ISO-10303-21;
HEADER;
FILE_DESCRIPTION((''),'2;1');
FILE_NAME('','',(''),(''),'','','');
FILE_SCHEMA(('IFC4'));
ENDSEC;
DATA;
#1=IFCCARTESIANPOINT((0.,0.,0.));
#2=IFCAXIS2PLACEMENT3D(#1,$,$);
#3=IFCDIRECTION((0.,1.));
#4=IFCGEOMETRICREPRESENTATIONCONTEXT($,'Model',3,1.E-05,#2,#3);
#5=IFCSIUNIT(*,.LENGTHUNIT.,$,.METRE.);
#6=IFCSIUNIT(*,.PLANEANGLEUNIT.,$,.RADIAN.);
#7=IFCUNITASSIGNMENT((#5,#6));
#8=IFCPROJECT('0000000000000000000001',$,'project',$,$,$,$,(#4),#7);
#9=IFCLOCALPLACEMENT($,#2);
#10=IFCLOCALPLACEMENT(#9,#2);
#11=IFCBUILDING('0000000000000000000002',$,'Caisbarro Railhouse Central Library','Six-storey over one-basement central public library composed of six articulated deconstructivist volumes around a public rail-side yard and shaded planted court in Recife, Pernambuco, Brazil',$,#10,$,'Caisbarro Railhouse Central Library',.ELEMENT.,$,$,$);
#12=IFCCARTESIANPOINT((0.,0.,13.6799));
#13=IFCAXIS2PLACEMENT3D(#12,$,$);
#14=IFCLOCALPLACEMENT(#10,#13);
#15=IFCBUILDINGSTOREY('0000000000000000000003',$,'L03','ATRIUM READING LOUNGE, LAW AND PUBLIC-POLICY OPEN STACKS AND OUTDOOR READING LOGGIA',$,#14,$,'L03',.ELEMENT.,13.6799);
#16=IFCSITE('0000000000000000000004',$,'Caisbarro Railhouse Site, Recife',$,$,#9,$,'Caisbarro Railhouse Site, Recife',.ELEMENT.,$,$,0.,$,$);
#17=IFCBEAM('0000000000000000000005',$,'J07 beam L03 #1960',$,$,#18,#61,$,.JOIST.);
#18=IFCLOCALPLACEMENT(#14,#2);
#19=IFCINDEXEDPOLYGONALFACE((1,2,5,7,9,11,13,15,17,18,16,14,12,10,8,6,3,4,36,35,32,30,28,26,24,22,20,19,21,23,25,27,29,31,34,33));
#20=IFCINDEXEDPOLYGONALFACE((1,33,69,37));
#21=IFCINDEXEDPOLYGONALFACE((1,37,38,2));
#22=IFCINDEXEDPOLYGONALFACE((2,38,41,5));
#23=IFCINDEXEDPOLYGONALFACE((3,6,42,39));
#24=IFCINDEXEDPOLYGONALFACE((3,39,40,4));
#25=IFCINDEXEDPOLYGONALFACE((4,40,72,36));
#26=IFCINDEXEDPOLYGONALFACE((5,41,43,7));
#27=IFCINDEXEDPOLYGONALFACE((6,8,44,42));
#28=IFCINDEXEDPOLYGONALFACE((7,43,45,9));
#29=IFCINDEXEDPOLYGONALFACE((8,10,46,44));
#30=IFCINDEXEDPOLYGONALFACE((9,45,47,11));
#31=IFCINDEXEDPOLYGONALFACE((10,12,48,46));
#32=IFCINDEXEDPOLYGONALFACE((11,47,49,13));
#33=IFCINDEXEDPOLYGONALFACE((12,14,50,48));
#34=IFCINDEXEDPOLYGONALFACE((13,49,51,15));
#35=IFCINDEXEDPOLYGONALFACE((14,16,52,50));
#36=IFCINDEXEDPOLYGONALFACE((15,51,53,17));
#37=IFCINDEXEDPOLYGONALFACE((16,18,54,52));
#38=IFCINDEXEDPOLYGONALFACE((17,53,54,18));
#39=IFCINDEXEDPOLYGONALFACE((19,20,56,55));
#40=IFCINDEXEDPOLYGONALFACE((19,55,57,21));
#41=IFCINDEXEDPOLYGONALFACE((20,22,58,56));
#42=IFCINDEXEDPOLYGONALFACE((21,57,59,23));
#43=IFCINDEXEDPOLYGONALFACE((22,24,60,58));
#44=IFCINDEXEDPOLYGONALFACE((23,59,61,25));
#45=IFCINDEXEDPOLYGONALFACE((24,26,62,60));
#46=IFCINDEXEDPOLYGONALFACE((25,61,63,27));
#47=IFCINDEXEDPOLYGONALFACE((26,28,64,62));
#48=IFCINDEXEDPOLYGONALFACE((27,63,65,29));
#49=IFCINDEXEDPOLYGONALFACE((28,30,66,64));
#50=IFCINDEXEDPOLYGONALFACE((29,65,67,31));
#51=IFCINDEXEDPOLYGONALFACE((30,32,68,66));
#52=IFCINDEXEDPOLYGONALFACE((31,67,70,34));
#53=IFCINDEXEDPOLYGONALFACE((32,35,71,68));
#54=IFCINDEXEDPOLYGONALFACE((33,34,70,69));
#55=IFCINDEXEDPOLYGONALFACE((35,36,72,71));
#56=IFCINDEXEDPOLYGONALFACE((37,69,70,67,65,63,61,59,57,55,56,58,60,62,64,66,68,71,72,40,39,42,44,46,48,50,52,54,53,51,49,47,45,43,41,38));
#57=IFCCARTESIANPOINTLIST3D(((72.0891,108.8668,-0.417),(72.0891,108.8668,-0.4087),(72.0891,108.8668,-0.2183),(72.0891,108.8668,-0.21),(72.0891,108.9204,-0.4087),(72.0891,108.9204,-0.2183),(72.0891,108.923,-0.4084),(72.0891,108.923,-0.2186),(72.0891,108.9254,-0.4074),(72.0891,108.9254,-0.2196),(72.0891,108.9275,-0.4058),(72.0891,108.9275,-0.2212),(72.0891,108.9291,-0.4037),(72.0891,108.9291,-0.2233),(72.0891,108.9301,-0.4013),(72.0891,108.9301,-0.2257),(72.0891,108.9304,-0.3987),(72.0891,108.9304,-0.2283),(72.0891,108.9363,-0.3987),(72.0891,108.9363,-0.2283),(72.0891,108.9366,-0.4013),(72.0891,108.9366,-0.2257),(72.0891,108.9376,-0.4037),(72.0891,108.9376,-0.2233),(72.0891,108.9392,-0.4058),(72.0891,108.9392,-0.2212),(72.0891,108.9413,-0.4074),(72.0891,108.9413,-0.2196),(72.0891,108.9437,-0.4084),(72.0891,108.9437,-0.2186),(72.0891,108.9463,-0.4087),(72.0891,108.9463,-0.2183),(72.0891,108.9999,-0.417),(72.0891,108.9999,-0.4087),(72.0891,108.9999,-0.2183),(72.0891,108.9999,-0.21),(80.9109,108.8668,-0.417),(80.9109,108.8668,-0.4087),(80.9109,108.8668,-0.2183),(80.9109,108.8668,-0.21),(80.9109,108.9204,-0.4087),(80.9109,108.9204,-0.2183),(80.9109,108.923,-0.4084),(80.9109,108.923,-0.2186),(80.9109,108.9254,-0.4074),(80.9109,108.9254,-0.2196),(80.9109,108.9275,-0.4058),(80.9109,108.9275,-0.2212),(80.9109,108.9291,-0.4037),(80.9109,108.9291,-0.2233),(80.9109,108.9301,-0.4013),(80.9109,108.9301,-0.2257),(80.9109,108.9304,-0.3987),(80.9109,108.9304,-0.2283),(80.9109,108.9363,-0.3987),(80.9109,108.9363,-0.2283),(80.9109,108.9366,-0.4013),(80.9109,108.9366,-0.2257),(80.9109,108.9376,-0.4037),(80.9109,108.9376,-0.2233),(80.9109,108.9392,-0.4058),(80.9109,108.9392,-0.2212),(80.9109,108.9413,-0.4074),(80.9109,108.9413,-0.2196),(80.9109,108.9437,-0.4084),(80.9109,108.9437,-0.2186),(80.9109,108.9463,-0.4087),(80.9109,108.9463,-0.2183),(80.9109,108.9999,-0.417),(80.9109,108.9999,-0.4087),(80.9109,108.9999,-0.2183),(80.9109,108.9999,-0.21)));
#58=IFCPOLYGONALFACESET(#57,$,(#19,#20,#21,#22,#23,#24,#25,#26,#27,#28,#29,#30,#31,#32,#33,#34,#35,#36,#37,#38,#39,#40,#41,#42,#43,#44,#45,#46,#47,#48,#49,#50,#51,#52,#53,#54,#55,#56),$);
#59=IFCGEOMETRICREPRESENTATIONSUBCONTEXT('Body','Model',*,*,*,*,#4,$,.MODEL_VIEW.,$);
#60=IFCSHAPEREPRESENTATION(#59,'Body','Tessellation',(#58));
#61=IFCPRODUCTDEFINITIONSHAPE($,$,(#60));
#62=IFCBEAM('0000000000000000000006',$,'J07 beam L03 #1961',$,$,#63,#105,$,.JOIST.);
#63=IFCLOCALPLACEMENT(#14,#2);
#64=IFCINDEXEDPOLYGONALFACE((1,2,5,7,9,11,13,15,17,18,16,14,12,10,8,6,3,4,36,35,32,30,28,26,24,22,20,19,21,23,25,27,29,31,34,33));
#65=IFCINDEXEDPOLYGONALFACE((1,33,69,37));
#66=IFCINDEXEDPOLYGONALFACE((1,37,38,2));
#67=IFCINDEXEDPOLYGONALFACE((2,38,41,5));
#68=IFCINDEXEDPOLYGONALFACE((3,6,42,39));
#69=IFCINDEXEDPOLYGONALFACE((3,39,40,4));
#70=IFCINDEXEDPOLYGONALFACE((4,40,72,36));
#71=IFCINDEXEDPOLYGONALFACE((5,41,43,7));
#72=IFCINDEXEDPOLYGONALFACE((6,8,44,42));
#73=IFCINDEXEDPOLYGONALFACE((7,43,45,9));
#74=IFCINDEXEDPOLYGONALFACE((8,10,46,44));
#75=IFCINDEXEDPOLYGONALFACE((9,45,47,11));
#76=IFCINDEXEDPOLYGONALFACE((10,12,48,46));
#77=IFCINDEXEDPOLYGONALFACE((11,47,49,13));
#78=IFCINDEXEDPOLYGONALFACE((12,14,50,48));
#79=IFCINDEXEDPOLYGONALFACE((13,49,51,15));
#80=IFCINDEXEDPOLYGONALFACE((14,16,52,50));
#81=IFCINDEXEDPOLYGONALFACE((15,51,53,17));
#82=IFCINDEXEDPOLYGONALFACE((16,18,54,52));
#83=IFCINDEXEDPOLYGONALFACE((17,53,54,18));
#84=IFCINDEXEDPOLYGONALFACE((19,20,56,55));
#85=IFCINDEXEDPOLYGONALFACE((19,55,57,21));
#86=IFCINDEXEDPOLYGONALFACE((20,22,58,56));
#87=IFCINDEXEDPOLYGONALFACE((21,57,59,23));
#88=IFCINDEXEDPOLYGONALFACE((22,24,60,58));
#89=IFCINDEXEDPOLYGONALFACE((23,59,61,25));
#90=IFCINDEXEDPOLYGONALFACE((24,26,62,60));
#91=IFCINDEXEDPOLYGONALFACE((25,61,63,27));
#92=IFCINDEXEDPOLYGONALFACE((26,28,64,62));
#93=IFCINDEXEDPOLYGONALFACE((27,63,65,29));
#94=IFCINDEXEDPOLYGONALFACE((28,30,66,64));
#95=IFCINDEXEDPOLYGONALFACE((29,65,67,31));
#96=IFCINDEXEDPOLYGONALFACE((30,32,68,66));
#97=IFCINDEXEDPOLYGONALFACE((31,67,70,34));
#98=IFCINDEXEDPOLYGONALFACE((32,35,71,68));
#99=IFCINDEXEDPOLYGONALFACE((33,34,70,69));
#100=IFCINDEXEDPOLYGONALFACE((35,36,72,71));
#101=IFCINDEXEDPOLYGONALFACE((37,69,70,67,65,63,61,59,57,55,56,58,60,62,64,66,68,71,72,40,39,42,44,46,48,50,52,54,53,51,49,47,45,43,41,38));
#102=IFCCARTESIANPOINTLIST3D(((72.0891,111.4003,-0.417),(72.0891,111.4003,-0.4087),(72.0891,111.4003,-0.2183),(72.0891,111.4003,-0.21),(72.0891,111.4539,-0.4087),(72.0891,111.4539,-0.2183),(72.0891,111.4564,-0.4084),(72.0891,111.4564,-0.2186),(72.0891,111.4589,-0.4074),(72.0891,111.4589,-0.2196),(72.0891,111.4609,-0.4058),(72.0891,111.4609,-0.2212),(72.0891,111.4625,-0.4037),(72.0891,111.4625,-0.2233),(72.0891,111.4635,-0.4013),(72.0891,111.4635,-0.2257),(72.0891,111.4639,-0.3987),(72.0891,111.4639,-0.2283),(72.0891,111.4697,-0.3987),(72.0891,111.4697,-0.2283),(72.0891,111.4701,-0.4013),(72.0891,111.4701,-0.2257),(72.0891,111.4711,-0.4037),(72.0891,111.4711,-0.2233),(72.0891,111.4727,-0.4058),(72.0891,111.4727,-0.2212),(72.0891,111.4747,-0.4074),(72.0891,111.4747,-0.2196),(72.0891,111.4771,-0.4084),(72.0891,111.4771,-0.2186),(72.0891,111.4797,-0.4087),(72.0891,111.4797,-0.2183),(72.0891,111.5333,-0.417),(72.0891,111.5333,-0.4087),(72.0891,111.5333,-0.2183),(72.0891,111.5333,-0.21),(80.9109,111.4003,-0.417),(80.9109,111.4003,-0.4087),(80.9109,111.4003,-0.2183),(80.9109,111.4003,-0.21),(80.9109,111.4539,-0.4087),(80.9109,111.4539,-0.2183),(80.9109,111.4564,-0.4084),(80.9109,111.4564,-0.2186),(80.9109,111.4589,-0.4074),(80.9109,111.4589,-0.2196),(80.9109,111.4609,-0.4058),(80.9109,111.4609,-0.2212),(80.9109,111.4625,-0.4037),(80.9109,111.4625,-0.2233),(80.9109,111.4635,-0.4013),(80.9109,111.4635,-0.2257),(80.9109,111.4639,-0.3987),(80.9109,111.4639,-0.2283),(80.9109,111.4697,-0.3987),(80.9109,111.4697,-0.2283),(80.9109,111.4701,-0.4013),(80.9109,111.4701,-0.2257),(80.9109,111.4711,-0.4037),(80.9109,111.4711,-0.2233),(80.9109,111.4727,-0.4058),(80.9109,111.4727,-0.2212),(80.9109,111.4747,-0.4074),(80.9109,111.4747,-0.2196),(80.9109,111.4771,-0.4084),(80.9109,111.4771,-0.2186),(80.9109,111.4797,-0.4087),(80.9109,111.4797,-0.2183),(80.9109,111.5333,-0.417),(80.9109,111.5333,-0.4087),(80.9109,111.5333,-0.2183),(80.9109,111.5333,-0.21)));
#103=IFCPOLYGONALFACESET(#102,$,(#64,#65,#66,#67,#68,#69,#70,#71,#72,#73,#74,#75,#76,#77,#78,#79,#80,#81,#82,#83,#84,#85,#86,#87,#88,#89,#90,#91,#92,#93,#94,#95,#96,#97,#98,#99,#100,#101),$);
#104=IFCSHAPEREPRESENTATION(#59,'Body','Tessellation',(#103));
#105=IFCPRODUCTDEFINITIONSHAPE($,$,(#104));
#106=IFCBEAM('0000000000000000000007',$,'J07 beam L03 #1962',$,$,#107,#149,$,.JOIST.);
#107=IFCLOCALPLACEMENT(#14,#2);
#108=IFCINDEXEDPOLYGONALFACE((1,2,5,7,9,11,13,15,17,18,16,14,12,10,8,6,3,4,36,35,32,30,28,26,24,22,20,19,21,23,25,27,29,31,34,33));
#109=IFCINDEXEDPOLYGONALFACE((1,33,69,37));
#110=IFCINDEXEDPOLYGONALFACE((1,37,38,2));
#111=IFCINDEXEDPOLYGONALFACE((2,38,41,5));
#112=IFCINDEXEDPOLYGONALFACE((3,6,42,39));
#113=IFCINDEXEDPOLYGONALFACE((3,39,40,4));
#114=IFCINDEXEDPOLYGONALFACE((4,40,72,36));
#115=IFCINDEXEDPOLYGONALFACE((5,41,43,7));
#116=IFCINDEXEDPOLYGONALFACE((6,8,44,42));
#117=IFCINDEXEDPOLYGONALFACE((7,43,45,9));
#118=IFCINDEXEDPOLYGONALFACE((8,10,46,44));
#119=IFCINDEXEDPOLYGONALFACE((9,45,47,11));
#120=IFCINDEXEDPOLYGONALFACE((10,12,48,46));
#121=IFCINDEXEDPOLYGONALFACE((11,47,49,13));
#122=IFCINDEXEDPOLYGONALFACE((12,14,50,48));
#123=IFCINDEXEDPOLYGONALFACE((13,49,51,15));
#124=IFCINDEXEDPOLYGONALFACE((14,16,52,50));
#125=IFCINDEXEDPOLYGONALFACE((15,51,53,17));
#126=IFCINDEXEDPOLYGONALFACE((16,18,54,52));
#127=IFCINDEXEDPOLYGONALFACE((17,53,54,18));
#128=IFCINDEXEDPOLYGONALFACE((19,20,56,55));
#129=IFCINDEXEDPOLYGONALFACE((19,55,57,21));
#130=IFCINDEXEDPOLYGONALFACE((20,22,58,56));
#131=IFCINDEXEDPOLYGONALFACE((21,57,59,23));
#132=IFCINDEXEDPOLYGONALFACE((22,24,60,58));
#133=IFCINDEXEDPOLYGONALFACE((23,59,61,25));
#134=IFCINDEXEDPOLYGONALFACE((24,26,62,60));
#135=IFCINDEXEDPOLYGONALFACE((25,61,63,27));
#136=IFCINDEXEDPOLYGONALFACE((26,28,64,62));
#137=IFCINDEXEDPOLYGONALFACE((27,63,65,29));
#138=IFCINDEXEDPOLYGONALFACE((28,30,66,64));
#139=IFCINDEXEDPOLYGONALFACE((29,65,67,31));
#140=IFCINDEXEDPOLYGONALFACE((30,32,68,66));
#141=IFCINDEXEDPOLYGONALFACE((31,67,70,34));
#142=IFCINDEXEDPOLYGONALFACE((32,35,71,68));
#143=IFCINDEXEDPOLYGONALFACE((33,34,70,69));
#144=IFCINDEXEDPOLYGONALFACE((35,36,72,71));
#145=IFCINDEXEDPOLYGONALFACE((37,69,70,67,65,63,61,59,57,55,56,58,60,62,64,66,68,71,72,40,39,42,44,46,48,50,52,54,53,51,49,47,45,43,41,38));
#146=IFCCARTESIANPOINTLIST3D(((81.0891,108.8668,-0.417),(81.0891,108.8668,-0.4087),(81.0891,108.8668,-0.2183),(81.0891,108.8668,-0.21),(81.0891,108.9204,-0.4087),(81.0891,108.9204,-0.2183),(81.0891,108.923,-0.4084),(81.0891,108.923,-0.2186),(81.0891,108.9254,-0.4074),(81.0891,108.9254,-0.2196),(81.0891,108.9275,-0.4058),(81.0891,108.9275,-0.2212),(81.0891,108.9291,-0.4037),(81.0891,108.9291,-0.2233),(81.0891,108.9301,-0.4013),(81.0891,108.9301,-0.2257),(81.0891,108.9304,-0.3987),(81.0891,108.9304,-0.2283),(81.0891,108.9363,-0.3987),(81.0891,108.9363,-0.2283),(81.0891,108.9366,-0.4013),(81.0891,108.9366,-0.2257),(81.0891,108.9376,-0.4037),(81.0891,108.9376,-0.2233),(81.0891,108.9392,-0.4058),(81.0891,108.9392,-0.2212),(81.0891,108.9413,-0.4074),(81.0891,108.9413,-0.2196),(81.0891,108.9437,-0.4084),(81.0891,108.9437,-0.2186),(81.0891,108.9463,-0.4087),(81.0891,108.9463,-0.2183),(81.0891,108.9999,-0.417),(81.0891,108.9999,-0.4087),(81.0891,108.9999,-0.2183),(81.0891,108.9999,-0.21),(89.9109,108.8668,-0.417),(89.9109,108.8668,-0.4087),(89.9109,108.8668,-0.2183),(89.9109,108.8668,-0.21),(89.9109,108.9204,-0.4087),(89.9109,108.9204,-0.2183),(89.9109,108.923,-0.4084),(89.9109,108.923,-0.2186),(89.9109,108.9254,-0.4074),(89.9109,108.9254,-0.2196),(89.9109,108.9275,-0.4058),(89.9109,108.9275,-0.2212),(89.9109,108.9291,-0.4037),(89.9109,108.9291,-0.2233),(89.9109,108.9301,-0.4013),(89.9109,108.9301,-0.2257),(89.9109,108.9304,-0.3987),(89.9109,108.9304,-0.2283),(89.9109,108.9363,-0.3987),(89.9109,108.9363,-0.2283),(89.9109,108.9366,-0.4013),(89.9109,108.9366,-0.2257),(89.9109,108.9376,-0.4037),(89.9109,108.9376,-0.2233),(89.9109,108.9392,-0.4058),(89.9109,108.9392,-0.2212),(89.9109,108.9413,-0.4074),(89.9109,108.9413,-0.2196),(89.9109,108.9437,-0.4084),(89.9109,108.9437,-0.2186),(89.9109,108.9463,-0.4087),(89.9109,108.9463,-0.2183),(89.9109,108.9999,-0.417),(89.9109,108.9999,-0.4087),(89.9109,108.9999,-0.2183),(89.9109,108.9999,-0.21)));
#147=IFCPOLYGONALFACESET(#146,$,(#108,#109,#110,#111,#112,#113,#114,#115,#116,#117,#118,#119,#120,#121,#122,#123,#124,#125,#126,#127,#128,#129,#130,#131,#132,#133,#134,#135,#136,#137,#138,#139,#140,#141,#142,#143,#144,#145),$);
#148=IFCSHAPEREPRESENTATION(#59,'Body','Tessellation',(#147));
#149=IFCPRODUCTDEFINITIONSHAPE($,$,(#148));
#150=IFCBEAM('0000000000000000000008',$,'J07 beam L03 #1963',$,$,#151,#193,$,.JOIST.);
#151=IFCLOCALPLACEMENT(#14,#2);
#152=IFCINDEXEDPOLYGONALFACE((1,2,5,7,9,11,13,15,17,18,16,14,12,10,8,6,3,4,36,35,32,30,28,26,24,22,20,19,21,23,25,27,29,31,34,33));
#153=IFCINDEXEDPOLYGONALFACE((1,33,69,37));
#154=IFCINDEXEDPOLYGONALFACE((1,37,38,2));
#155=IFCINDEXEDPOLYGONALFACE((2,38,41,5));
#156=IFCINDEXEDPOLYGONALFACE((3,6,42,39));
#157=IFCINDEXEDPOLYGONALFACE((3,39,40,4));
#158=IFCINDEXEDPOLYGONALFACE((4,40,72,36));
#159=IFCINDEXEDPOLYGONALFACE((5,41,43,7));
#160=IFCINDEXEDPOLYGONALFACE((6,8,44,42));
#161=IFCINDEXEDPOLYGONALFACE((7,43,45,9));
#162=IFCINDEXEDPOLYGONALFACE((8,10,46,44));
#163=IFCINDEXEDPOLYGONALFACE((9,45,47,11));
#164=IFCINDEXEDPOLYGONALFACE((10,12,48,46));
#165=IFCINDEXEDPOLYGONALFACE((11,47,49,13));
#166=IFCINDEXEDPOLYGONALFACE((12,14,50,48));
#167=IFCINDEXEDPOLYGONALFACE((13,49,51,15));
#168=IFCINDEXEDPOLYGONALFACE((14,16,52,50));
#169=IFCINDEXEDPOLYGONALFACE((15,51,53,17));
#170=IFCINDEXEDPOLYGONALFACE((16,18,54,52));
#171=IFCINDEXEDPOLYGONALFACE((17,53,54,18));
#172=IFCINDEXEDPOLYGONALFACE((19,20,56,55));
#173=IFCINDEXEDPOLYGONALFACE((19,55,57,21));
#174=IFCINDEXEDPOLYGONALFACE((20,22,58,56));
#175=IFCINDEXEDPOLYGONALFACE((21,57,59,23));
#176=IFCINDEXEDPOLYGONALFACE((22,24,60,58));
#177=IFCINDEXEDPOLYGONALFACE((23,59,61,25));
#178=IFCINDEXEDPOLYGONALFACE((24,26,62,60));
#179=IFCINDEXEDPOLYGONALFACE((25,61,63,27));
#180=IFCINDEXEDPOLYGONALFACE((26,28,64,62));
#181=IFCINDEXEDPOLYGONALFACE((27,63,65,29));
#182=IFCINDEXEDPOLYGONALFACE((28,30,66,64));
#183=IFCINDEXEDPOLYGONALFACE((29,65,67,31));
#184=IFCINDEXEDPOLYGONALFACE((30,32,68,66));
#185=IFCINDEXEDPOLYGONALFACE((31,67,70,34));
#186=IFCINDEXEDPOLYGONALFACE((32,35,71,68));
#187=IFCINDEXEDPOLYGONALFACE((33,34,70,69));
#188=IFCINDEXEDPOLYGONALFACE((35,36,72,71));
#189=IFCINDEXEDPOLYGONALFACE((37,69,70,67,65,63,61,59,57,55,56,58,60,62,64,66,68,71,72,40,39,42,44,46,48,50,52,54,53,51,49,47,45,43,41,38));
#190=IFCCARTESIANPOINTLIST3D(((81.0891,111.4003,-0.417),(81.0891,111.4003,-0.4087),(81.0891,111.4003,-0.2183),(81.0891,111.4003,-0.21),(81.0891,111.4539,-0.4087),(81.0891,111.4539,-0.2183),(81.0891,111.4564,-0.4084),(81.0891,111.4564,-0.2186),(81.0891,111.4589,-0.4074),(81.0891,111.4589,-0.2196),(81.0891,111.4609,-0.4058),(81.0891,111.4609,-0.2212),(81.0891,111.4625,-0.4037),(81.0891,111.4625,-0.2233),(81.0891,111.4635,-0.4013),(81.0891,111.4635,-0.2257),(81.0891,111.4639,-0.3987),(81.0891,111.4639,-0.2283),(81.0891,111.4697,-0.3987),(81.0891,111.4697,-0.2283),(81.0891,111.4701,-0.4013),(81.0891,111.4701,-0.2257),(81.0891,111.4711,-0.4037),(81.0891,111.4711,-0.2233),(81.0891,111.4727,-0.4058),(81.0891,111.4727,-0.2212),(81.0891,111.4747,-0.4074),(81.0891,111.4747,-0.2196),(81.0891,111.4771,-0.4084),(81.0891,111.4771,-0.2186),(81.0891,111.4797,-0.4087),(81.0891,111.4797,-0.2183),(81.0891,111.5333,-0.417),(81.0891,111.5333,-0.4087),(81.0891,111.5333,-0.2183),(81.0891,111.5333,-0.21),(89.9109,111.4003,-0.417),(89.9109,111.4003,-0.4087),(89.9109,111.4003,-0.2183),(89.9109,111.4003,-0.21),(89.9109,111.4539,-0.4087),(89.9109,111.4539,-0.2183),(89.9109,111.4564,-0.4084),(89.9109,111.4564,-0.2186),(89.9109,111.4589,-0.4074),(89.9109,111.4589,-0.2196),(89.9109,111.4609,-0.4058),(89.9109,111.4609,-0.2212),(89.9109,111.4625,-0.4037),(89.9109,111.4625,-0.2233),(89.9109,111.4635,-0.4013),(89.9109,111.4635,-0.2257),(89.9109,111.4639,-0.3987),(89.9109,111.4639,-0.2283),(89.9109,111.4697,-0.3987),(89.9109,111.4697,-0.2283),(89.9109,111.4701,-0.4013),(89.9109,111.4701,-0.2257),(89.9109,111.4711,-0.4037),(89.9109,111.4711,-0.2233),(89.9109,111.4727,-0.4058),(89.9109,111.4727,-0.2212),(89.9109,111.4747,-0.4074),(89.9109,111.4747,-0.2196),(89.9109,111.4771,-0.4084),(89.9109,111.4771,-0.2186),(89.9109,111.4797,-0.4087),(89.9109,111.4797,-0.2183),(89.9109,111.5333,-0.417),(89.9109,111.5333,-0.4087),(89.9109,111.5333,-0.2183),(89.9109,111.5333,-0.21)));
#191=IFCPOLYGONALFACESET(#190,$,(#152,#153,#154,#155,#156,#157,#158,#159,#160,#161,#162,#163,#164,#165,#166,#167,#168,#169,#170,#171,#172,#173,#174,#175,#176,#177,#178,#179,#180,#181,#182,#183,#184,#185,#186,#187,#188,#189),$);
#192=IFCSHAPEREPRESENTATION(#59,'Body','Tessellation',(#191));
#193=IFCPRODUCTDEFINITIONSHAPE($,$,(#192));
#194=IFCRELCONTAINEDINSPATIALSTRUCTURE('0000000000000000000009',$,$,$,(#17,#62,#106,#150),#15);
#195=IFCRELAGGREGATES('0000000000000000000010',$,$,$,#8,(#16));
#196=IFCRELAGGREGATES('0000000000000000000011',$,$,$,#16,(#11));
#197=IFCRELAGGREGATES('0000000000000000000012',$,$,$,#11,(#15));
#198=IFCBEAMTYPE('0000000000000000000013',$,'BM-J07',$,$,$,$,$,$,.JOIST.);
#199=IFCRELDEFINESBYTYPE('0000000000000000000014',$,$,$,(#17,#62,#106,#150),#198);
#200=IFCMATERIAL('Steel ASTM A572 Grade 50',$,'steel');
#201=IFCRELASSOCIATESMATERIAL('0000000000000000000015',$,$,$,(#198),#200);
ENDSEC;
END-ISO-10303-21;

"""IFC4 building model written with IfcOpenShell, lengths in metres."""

from ifc_helpers import new_model, si_unit, direction, frame, origin, origin_2d, place, context, subcontext, project, spatial, i_section, extrude, material, material_profile, profile_set, type_object, element, save


model = new_model("IFC4")

# Units and contexts
model_context = context("Model", 3, precision=1e-05, world=origin(), true_north=direction((0.0, 1.0)))
body_context = subcontext(model_context, "Body", "Model", "MODEL_VIEW")
ifc_project = project(units=[si_unit("LENGTHUNIT", "METRE"), si_unit("PLANEANGLEUNIT", "RADIAN")], contexts=[model_context])

# Site, building, storey
site_placement = place(None, origin())
site = spatial("IfcSite", under=ifc_project, at=site_placement, Name="Caisbarro Railhouse Site, Recife", LongName="Caisbarro Railhouse Site, Recife", CompositionType="ELEMENT", RefElevation=0.0)
building_placement = place(site_placement, origin())
building = spatial("IfcBuilding", under=site, at=building_placement, Name="Caisbarro Railhouse Central Library", Description="Six-storey over one-basement central public library composed of six articulated deconstructivist volumes around a public rail-side yard and shaded planted court in Recife, Pernambuco, Brazil", LongName="Caisbarro Railhouse Central Library", CompositionType="ELEMENT")
storey_placement = place(building_placement, frame((0.0, 0.0, 13.6799)))
storey = spatial("IfcBuildingStorey", under=building, at=storey_placement, Name="L03", Description="ATRIUM READING LOUNGE, LAW AND PUBLIC-POLICY OPEN STACKS AND OUTDOOR READING LOGGIA", LongName="L03", CompositionType="ELEMENT", Elevation=13.6799)

# Shared definitions
ifc_material_1 = material(Name="Steel ASTM A572 Grade 50", Category="steel")

# Beams
ifc_material_profile_1 = material_profile(ifc_material_1, i_section(OverallWidth=0.1331, OverallDepth=0.207, WebThickness=0.0059, FlangeThickness=0.0083, FilletRadius=0.01, at=origin_2d()), Name="W200X26.6")
ifc_profile_set_1 = profile_set([ifc_material_profile_1], Name="Steel ASTM A572 Grade 50")
beam_type_1 = type_object("IfcBeamType", Name="BM-J07", PredefinedType="JOIST", material=ifc_profile_set_1)
for number, where, z_axis, x_axis, name in (
    (1, (72.0891, 108.9333, -0.3135), (1.0, 0.0, 0.0), (0.0, 1.0, 0.0), "J07 beam L03 #1960"),
    (2, (72.0891, 111.4668, -0.3135), (1.0, 0.0, 0.0), (0.0, 1.0, 0.0), "J07 beam L03 #1961"),
    (3, (81.0891, 108.9333, -0.3135), (1.0, 0.0, 0.0), (0.0, 1.0, 0.0), "J07 beam L03 #1962"),
    (4, (81.0891, 111.4668, -0.3135), (1.0, 0.0, 0.0), (0.0, 1.0, 0.0), "J07 beam L03 #1963"),
):
    element("IfcBeam", number, at=place(storey_placement, frame(where, z_axis=z_axis, x_axis=x_axis)), inside=storey, type_object=beam_type_1, Name=name, PredefinedType="JOIST", context=body_context, shape_type="SweptSolid", body=[
        extrude(i_section(OverallWidth=0.1331, OverallDepth=0.207, WebThickness=0.0059, FlangeThickness=0.0083, FilletRadius=0.01, at=origin_2d()), origin(), (0.0, 0.0, 1.0), 8.8218),
    ])

save(model, "model.ifc")
